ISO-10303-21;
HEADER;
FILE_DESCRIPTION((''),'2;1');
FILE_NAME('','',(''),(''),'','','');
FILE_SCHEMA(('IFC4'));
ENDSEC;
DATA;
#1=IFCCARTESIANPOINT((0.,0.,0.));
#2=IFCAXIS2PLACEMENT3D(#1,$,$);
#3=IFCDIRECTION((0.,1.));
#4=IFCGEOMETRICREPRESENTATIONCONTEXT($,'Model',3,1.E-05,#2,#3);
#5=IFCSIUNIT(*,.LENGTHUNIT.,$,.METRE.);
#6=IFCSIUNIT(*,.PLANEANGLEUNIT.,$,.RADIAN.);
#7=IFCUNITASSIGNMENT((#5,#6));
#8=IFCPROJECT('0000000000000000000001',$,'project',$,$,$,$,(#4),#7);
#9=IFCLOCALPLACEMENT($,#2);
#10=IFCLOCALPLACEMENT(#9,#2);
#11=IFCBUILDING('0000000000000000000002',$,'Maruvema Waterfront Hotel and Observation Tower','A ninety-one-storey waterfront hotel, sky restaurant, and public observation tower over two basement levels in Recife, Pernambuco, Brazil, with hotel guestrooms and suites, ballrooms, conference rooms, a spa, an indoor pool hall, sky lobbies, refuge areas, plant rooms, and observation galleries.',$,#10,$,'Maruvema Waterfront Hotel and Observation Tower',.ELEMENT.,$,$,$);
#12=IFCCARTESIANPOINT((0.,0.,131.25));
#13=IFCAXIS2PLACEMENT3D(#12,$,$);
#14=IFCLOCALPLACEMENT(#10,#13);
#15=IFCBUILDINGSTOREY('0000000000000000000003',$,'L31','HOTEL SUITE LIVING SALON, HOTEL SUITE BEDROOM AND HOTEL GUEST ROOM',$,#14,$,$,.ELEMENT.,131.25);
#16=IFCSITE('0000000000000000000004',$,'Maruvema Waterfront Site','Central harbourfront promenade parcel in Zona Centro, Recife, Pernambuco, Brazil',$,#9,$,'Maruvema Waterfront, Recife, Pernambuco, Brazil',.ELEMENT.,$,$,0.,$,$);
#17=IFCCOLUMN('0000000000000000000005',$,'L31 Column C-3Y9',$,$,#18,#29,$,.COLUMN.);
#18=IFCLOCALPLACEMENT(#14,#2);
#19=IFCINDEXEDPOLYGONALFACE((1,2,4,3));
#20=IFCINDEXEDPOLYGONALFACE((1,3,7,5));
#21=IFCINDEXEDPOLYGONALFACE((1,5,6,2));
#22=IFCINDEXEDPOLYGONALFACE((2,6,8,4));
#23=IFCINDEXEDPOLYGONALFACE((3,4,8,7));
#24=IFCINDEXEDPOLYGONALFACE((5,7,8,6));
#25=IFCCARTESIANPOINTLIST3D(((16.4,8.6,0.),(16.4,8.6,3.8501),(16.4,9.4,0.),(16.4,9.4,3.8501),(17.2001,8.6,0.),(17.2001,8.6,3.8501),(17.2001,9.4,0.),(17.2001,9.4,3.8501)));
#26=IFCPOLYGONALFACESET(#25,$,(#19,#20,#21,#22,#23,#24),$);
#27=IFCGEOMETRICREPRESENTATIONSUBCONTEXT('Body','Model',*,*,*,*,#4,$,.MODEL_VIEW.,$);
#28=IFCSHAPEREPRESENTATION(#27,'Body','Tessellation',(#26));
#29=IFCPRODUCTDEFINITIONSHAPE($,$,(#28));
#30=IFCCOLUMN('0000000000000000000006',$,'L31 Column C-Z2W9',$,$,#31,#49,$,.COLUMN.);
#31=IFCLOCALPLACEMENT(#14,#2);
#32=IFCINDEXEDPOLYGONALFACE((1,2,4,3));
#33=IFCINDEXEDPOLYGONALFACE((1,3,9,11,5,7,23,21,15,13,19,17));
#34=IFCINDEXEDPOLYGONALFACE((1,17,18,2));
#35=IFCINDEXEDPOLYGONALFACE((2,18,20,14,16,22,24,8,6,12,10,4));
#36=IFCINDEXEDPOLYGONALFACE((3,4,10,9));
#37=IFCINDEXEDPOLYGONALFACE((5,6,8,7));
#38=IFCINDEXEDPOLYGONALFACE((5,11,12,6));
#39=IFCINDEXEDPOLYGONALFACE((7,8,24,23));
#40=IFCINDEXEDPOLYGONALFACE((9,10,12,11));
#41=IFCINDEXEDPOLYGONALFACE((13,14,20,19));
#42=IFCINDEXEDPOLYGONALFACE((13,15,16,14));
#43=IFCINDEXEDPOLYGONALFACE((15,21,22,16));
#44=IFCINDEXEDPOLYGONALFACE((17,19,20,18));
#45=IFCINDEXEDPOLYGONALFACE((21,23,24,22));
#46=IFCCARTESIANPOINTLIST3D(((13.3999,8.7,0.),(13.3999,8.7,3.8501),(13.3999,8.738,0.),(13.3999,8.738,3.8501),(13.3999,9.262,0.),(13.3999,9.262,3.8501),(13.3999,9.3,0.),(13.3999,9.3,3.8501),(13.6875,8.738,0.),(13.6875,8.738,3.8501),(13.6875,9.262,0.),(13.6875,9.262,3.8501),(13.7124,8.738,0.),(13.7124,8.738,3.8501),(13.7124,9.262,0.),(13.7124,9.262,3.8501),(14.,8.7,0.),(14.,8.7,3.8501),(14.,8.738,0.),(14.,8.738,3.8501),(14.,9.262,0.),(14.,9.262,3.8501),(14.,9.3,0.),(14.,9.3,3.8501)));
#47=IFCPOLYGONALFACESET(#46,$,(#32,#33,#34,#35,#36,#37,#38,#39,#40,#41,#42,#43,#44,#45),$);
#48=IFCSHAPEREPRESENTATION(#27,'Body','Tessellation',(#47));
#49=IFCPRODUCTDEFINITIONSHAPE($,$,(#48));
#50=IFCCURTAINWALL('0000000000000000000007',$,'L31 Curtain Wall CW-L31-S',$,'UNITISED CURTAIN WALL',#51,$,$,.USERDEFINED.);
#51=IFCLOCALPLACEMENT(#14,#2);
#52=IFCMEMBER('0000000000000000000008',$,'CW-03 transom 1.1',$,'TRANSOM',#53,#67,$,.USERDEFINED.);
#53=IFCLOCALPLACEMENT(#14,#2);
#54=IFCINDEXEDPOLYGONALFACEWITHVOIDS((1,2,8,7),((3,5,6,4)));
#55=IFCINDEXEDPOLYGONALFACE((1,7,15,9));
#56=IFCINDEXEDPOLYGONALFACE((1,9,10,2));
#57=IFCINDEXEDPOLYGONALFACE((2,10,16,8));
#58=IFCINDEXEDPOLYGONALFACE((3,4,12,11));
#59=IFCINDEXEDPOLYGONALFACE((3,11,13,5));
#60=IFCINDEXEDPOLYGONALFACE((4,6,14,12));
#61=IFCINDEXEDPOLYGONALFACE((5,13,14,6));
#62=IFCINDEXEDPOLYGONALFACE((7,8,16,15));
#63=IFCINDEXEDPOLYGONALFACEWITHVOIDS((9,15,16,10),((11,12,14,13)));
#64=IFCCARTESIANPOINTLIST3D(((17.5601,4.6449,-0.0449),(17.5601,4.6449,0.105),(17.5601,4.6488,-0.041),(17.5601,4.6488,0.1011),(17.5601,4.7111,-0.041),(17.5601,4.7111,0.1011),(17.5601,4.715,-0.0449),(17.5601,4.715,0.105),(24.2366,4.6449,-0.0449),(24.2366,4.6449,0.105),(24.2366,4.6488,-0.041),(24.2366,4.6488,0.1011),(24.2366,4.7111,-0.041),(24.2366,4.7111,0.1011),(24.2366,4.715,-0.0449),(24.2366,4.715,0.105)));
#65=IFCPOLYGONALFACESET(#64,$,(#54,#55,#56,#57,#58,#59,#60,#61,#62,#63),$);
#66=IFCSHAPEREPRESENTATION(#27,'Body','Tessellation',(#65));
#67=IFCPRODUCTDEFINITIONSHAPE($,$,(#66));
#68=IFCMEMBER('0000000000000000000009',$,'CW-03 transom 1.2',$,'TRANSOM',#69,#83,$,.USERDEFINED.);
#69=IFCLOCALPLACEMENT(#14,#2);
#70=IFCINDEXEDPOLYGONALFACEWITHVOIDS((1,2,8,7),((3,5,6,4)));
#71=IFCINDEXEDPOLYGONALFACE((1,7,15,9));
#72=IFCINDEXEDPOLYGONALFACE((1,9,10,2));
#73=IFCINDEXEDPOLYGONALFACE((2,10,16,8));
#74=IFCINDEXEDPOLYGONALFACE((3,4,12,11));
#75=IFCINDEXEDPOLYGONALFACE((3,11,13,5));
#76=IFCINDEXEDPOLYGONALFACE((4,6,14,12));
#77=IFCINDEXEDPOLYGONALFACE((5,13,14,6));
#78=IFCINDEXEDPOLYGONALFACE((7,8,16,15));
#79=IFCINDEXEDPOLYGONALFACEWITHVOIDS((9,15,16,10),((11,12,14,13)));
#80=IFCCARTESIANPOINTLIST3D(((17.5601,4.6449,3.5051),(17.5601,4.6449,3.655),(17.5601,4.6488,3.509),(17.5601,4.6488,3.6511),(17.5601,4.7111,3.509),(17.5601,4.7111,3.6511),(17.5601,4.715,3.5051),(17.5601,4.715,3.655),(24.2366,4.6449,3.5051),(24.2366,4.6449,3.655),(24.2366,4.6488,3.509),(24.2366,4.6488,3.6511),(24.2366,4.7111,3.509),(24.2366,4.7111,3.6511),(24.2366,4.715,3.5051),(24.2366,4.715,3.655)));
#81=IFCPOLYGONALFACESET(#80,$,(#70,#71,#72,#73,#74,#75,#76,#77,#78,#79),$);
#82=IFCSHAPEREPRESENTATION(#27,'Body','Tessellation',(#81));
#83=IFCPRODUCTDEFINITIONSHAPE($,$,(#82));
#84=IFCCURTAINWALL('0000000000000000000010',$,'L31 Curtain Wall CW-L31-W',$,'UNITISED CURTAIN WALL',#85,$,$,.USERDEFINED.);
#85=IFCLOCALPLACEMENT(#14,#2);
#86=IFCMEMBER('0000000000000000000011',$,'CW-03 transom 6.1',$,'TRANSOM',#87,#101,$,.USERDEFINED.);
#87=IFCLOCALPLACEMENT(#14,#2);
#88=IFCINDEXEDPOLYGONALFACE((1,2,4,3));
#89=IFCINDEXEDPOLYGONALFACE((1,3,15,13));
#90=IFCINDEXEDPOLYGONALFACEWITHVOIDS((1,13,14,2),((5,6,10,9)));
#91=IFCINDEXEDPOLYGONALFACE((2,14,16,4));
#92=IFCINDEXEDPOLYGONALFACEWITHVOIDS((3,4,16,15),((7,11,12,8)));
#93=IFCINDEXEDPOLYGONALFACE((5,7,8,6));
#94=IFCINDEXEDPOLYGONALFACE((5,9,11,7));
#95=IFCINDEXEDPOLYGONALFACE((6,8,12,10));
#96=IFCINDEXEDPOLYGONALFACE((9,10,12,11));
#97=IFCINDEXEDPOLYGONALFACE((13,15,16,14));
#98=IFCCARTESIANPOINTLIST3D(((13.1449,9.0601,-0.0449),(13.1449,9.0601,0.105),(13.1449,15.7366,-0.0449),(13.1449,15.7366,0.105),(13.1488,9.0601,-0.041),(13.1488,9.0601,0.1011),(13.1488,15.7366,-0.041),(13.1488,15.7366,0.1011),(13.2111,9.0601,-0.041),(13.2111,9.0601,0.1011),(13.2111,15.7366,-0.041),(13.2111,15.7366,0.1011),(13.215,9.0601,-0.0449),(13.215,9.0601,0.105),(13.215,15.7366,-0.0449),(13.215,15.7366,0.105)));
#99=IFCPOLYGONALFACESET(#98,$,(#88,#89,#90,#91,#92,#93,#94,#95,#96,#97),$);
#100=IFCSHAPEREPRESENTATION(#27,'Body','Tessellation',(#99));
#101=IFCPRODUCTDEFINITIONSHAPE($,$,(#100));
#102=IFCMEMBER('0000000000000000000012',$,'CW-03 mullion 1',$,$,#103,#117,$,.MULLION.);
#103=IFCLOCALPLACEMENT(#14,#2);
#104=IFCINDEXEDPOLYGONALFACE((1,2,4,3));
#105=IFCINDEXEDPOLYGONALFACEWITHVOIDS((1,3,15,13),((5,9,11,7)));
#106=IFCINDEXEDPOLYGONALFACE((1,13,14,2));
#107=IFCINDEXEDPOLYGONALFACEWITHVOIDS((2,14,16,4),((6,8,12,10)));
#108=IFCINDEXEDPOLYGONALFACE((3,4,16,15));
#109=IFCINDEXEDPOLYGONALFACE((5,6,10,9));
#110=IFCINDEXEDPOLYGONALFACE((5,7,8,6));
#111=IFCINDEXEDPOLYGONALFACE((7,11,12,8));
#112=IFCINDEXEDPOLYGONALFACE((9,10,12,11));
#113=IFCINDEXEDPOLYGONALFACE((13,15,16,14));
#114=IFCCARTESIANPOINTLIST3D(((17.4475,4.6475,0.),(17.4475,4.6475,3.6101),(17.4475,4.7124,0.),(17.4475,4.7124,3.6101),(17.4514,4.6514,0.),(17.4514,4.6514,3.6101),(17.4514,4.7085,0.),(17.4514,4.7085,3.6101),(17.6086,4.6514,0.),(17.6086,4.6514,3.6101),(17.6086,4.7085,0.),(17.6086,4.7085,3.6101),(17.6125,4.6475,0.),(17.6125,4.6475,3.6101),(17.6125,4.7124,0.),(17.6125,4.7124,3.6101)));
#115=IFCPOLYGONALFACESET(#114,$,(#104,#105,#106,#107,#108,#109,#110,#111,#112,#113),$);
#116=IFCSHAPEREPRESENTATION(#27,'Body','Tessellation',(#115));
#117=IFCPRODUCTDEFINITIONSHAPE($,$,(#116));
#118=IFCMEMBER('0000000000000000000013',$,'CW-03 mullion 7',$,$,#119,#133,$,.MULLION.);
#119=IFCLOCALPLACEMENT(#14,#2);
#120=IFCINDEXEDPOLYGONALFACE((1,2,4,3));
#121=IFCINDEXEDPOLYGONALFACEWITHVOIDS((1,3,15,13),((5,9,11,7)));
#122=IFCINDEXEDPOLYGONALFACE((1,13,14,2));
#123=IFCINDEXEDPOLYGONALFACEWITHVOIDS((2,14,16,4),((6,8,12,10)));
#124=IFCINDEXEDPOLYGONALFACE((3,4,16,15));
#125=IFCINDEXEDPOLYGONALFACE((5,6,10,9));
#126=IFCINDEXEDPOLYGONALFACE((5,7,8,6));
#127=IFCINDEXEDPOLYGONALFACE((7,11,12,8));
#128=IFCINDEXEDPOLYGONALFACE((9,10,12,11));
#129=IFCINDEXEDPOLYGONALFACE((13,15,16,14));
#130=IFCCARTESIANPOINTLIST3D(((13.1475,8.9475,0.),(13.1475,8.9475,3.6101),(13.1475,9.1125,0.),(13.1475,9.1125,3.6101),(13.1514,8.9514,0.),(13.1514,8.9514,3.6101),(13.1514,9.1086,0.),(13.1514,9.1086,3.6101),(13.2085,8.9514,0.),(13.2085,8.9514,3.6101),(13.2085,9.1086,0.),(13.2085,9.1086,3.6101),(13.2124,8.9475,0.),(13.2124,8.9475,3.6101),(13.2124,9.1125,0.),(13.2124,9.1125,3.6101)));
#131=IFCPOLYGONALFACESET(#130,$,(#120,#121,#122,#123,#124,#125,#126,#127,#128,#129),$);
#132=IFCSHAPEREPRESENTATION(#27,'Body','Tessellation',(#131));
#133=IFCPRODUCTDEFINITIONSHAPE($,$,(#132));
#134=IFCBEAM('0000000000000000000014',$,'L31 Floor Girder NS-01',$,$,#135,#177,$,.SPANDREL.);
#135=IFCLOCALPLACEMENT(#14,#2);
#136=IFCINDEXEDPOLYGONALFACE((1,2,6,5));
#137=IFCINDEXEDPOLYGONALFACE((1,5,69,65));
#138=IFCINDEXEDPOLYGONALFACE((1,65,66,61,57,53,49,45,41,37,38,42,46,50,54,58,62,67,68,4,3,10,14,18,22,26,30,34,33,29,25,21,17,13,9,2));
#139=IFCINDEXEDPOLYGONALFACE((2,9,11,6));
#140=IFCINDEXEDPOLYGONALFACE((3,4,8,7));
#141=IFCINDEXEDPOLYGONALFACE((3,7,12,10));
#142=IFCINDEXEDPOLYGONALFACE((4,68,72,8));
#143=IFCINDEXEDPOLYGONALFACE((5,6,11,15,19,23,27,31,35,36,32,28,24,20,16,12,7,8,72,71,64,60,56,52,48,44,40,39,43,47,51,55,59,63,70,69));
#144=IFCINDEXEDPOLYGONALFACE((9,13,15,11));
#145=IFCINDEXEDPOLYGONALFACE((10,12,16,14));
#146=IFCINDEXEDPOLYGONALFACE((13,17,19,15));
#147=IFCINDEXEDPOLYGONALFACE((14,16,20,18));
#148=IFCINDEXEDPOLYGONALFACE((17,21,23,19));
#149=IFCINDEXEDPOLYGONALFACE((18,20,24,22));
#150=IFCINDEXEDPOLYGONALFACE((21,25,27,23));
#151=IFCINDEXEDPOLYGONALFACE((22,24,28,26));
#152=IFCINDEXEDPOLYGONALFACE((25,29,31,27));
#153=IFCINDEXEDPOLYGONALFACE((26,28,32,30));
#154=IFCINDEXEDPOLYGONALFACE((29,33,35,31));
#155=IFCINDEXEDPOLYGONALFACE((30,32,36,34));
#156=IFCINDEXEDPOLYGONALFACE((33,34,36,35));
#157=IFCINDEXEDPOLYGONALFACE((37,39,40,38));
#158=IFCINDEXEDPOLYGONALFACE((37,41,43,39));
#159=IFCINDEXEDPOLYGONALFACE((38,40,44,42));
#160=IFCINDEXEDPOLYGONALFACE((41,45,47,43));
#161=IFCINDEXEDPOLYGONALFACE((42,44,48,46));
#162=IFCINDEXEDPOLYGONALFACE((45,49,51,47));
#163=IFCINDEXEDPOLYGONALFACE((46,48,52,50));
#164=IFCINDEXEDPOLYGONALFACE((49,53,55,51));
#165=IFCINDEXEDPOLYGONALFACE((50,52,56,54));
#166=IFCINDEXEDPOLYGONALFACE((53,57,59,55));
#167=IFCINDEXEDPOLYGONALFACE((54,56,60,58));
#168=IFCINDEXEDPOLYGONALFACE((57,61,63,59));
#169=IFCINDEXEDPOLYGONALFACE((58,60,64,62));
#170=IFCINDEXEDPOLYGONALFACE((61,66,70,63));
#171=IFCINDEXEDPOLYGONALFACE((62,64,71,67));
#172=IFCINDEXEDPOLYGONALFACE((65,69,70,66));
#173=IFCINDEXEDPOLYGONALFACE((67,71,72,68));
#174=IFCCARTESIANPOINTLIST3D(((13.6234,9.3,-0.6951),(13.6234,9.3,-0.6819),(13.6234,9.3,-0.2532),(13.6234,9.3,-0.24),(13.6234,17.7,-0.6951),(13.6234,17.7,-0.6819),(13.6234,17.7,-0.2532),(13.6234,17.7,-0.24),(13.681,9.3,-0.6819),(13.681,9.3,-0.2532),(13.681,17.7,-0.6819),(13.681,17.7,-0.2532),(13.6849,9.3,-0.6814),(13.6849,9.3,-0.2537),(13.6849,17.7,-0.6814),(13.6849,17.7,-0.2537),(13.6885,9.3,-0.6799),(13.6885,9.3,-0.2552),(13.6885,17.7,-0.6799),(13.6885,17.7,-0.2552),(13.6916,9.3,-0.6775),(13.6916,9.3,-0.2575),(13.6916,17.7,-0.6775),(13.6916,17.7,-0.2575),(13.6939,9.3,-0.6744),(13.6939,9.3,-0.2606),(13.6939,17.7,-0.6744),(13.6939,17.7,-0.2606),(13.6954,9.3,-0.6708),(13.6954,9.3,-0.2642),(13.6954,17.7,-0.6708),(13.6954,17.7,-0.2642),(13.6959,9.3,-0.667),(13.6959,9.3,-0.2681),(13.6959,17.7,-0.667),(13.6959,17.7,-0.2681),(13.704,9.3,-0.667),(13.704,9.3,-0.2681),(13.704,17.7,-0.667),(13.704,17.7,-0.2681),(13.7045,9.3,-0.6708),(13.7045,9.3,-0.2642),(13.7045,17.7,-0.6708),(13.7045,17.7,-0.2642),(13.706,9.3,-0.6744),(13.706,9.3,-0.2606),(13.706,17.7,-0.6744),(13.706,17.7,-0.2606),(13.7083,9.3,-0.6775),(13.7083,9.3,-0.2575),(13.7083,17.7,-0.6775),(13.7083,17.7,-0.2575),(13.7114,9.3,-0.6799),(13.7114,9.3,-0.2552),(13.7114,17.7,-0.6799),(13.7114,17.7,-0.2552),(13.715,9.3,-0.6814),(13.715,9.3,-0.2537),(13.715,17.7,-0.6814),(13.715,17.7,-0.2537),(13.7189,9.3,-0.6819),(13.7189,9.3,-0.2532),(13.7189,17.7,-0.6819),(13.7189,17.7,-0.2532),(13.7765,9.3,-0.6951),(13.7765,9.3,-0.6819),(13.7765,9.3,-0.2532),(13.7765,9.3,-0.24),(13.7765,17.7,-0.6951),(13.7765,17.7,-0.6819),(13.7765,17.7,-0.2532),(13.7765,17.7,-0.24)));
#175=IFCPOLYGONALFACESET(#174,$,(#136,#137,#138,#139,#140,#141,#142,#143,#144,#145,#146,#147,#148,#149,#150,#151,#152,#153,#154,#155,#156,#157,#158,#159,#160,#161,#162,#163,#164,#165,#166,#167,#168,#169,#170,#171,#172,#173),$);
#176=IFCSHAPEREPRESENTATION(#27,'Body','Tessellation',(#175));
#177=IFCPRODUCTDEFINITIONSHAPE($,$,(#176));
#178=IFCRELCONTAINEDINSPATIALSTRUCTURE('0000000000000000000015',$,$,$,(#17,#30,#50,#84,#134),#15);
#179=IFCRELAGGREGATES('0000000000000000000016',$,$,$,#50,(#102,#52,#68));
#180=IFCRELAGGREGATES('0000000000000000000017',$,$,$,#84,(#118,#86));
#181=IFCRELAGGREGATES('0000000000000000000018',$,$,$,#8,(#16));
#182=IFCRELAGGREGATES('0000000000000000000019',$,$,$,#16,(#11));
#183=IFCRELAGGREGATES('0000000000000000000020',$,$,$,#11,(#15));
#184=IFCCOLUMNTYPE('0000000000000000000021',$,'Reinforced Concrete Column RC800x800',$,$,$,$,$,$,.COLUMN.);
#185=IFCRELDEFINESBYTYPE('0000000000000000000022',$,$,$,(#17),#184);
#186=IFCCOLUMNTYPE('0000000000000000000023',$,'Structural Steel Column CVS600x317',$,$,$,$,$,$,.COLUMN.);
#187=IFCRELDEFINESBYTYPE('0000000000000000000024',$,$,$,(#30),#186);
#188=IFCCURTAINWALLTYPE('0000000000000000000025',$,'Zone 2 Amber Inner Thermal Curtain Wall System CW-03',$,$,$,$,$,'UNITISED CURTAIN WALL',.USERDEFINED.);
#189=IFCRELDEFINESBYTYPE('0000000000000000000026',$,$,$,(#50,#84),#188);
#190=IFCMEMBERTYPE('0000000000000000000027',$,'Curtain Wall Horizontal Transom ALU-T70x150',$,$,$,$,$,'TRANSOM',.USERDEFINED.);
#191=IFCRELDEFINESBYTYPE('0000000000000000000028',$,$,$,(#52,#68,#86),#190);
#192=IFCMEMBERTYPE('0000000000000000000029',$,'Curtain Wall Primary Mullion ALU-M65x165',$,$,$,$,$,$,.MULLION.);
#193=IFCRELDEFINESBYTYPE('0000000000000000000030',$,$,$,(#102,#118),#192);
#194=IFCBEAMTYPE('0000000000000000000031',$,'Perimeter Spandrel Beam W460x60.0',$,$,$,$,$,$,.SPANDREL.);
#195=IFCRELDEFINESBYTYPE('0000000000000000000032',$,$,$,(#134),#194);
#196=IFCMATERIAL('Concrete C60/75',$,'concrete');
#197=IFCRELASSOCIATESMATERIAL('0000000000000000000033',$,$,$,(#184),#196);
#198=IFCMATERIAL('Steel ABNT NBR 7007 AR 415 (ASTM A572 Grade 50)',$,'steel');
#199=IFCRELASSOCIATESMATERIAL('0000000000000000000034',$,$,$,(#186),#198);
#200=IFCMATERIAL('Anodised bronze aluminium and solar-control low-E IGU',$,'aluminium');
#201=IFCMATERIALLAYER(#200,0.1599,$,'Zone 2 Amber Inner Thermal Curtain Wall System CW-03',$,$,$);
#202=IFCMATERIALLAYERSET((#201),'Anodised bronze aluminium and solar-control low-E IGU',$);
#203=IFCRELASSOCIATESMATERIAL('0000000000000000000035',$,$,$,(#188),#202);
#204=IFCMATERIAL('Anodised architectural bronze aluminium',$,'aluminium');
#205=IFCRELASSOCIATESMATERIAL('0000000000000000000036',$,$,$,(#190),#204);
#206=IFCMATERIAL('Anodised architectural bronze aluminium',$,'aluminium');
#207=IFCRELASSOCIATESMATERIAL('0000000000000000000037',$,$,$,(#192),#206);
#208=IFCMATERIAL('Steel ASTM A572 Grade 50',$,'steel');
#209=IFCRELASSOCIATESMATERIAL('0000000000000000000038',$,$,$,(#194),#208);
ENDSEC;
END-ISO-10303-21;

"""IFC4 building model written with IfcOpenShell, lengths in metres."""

from ifc_helpers import new_model, si_unit, direction, frame, origin, origin_2d, place, context, subcontext, project, spatial, rectangle, hollow_rectangle, i_section, extrude, material, layer, layer_set, material_profile, profile_set, type_object, element, aggregate, save


model = new_model("IFC4")

# Units and contexts
model_context = context("Model", 3, precision=1e-05, world=origin(), true_north=direction((0.0, 1.0)))
body_context = subcontext(model_context, "Body", "Model", "MODEL_VIEW")
ifc_project = project(units=[si_unit("LENGTHUNIT", "METRE"), si_unit("PLANEANGLEUNIT", "RADIAN")], contexts=[model_context])

# Site, building, storey
site_placement = place(None, origin())
site = spatial("IfcSite", under=ifc_project, at=site_placement, Name="Maruvema Waterfront Site", Description="Central harbourfront promenade parcel in Zona Centro, Recife, Pernambuco, Brazil", LongName="Maruvema Waterfront, Recife, Pernambuco, Brazil", CompositionType="ELEMENT", RefElevation=0.0)
building_placement = place(site_placement, origin())
building = spatial("IfcBuilding", under=site, at=building_placement, Name="Maruvema Waterfront Hotel and Observation Tower", Description="A ninety-one-storey waterfront hotel, sky restaurant, and public observation tower over two basement levels in Recife, Pernambuco, Brazil, with hotel guestrooms and suites, ballrooms, conference rooms, a spa, an indoor pool hall, sky lobbies, refuge areas, plant rooms, and observation galleries.", LongName="Maruvema Waterfront Hotel and Observation Tower", CompositionType="ELEMENT")
storey_placement = place(building_placement, frame((0.0, 0.0, 131.25)))
storey = spatial("IfcBuildingStorey", under=building, at=storey_placement, Name="L31", Description="HOTEL SUITE LIVING SALON, HOTEL SUITE BEDROOM AND HOTEL GUEST ROOM", CompositionType="ELEMENT", Elevation=131.25)

# Columns
ifc_material_1 = material(Name="Concrete C60/75", Category="concrete")
ifc_material_profile_1 = material_profile(ifc_material_1, rectangle(XDim=0.8, YDim=0.8, at=origin_2d()), Name="RC800x800")
ifc_profile_set_1 = profile_set([ifc_material_profile_1], Name="Concrete C60/75")
column_type_1 = type_object("IfcColumnType", Name="Reinforced Concrete Column RC800x800", PredefinedType="COLUMN", material=ifc_profile_set_1)
column_1_placement = place(storey_placement, frame((16.8, 9.0, 0.0), z_axis=(0.0, 0.0, 1.0), x_axis=(1.0, 0.0, 0.0)))
element("IfcColumn", 1, at=column_1_placement, inside=storey, type_object=column_type_1, Name="L31 Column C-3Y9", PredefinedType="COLUMN", context=body_context, shape_type="SweptSolid", body=[
    extrude(rectangle(XDim=0.8, YDim=0.8, at=origin_2d()), origin(), (0.0, 0.0, 1.0), 3.8501),
])
ifc_material_2 = material(Name="Steel ABNT NBR 7007 AR 415 (ASTM A572 Grade 50)", Category="steel")
ifc_material_profile_2 = material_profile(ifc_material_2, i_section(OverallWidth=0.6001, OverallDepth=0.6001, WebThickness=0.0249, FlangeThickness=0.0381, at=origin_2d()), Name="CVS600x317")
ifc_profile_set_2 = profile_set([ifc_material_profile_2], Name="Steel ABNT NBR 7007 AR 415 (ASTM A572 Grade 50)")
column_type_2 = type_object("IfcColumnType", Name="Structural Steel Column CVS600x317", PredefinedType="COLUMN", material=ifc_profile_set_2)
column_2_placement = place(storey_placement, frame((13.7, 9.0, 0.0), z_axis=(0.0, 0.0, 1.0), x_axis=(1.0, 0.0, 0.0)))
element("IfcColumn", 2, at=column_2_placement, inside=storey, type_object=column_type_2, Name="L31 Column C-Z2W9", PredefinedType="COLUMN", context=body_context, shape_type="SweptSolid", body=[
    extrude(i_section(OverallWidth=0.6001, OverallDepth=0.6001, WebThickness=0.0249, FlangeThickness=0.0381, at=origin_2d()), origin(), (0.0, 0.0, 1.0), 3.8501),
])

# Curtain wall, members
ifc_material_3 = material(Name="Anodised bronze aluminium and solar-control low-E IGU", Category="aluminium")
ifc_layer_1 = layer(ifc_material_3, 0.1599, Name="Zone 2 Amber Inner Thermal Curtain Wall System CW-03")
ifc_layer_set_1 = layer_set([ifc_layer_1], Name="Anodised bronze aluminium and solar-control low-E IGU")
curtain_wall_type = type_object("IfcCurtainWallType", Name="Zone 2 Amber Inner Thermal Curtain Wall System CW-03", ElementType="UNITISED CURTAIN WALL", PredefinedType="USERDEFINED", material=ifc_layer_set_1)
curtain_wall_1_placement = place(storey_placement, origin())
curtain_wall_1 = element("IfcCurtainWall", 3, at=curtain_wall_1_placement, inside=storey, type_object=curtain_wall_type, Name="L31 Curtain Wall CW-L31-S", ObjectType="UNITISED CURTAIN WALL", PredefinedType="USERDEFINED")
ifc_material_4 = material(Name="Anodised architectural bronze aluminium", Category="aluminium")
ifc_material_profile_3 = material_profile(ifc_material_4, hollow_rectangle(XDim=0.0701, YDim=0.1499, WallThickness=0.0039, at=origin_2d()), Name="ALU-T70x150")
ifc_profile_set_3 = profile_set([ifc_material_profile_3], Name="Anodised architectural bronze aluminium")
member_type_1 = type_object("IfcMemberType", Name="Curtain Wall Horizontal Transom ALU-T70x150", ElementType="TRANSOM", PredefinedType="USERDEFINED", material=ifc_profile_set_3)
member_1_placement = place(storey_placement, frame((17.5601, 4.6799, 0.03), z_axis=(1.0, 0.0, 0.0), x_axis=(0.0, 1.0, 0.0)))
member_1 = element("IfcMember", 4, at=member_1_placement, type_object=member_type_1, Name="CW-03 transom 1.1", ObjectType="TRANSOM", PredefinedType="USERDEFINED", context=body_context, shape_type="SweptSolid", body=[
    extrude(hollow_rectangle(XDim=0.0701, YDim=0.1499, WallThickness=0.0039, at=origin_2d()), origin(), (0.0, 0.0, 1.0), 6.6765),
])
member_2_placement = place(storey_placement, frame((17.5601, 4.6799, 3.5801), z_axis=(1.0, 0.0, 0.0), x_axis=(0.0, 1.0, 0.0)))
member_2 = element("IfcMember", 5, at=member_2_placement, type_object=member_type_1, Name="CW-03 transom 1.2", ObjectType="TRANSOM", PredefinedType="USERDEFINED", context=body_context, shape_type="SweptSolid", body=[
    extrude(hollow_rectangle(XDim=0.0701, YDim=0.1499, WallThickness=0.0039, at=origin_2d()), origin(), (0.0, 0.0, 1.0), 6.6765),
])

# Curtain wall, member
curtain_wall_2_placement = place(storey_placement, origin())
curtain_wall_2 = element("IfcCurtainWall", 6, at=curtain_wall_2_placement, inside=storey, type_object=curtain_wall_type, Name="L31 Curtain Wall CW-L31-W", ObjectType="UNITISED CURTAIN WALL", PredefinedType="USERDEFINED")
member_3_placement = place(storey_placement, frame((13.1799, 15.7366, 0.03), z_axis=(0.0, -1.0, 0.0), x_axis=(1.0, 0.0, 0.0)))
member_3 = element("IfcMember", 7, at=member_3_placement, type_object=member_type_1, Name="CW-03 transom 6.1", ObjectType="TRANSOM", PredefinedType="USERDEFINED", context=body_context, shape_type="SweptSolid", body=[
    extrude(hollow_rectangle(XDim=0.0701, YDim=0.1499, WallThickness=0.0039, at=origin_2d()), origin(), (0.0, 0.0, 1.0), 6.6765),
])

# Members
ifc_material_5 = material(Name="Anodised architectural bronze aluminium", Category="aluminium")
ifc_material_profile_4 = material_profile(ifc_material_5, hollow_rectangle(XDim=0.0649, YDim=0.165, WallThickness=0.0039, at=origin_2d()), Name="ALU-M65x165")
ifc_profile_set_4 = profile_set([ifc_material_profile_4], Name="Anodised architectural bronze aluminium")
member_type_2 = type_object("IfcMemberType", Name="Curtain Wall Primary Mullion ALU-M65x165", PredefinedType="MULLION", material=ifc_profile_set_4)
member_4_placement = place(storey_placement, frame((17.53, 4.6799, 0.0), z_axis=(0.0, 0.0, 1.0), x_axis=(0.0, 1.0, 0.0)))
member_4 = element("IfcMember", 8, at=member_4_placement, type_object=member_type_2, Name="CW-03 mullion 1", PredefinedType="MULLION", context=body_context, shape_type="SweptSolid", body=[
    extrude(hollow_rectangle(XDim=0.0649, YDim=0.165, WallThickness=0.0039, at=origin_2d()), origin(), (0.0, 0.0, 1.0), 3.6101),
])
member_5_placement = place(storey_placement, frame((13.1799, 9.03, 0.0), z_axis=(0.0, 0.0, 1.0), x_axis=(1.0, 0.0, 0.0)))
member_5 = element("IfcMember", 9, at=member_5_placement, type_object=member_type_2, Name="CW-03 mullion 7", PredefinedType="MULLION", context=body_context, shape_type="SweptSolid", body=[
    extrude(hollow_rectangle(XDim=0.0649, YDim=0.165, WallThickness=0.0039, at=origin_2d()), origin(), (0.0, 0.0, 1.0), 3.6101),
])

# Beam
ifc_material_6 = material(Name="Steel ASTM A572 Grade 50", Category="steel")
ifc_material_profile_5 = material_profile(ifc_material_6, i_section(OverallWidth=0.1531, OverallDepth=0.4551, WebThickness=0.0081, FlangeThickness=0.0132, FilletRadius=0.0149, at=origin_2d()), Name="W460x60.0")
ifc_profile_set_5 = profile_set([ifc_material_profile_5], Name="Steel ASTM A572 Grade 50")
beam_type_1 = type_object("IfcBeamType", Name="Perimeter Spandrel Beam W460x60.0", PredefinedType="SPANDREL", material=ifc_profile_set_5)
beam_1_placement = place(storey_placement, frame((13.7, 9.3, -0.4675), z_axis=(0.0, 1.0, 0.0), x_axis=(-1.0, 0.0, 0.0)))
element("IfcBeam", 10, at=beam_1_placement, inside=storey, type_object=beam_type_1, Name="L31 Floor Girder NS-01", PredefinedType="SPANDREL", context=body_context, shape_type="SweptSolid", body=[
    extrude(i_section(OverallWidth=0.1531, OverallDepth=0.4551, WebThickness=0.0081, FlangeThickness=0.0132, FilletRadius=0.0149, at=origin_2d()), origin(), (0.0, 0.0, 1.0), 8.3999),
])

aggregate(curtain_wall_1, [member_4, member_1, member_2])
aggregate(curtain_wall_2, [member_5, member_3])

save(model, "model.ifc")
